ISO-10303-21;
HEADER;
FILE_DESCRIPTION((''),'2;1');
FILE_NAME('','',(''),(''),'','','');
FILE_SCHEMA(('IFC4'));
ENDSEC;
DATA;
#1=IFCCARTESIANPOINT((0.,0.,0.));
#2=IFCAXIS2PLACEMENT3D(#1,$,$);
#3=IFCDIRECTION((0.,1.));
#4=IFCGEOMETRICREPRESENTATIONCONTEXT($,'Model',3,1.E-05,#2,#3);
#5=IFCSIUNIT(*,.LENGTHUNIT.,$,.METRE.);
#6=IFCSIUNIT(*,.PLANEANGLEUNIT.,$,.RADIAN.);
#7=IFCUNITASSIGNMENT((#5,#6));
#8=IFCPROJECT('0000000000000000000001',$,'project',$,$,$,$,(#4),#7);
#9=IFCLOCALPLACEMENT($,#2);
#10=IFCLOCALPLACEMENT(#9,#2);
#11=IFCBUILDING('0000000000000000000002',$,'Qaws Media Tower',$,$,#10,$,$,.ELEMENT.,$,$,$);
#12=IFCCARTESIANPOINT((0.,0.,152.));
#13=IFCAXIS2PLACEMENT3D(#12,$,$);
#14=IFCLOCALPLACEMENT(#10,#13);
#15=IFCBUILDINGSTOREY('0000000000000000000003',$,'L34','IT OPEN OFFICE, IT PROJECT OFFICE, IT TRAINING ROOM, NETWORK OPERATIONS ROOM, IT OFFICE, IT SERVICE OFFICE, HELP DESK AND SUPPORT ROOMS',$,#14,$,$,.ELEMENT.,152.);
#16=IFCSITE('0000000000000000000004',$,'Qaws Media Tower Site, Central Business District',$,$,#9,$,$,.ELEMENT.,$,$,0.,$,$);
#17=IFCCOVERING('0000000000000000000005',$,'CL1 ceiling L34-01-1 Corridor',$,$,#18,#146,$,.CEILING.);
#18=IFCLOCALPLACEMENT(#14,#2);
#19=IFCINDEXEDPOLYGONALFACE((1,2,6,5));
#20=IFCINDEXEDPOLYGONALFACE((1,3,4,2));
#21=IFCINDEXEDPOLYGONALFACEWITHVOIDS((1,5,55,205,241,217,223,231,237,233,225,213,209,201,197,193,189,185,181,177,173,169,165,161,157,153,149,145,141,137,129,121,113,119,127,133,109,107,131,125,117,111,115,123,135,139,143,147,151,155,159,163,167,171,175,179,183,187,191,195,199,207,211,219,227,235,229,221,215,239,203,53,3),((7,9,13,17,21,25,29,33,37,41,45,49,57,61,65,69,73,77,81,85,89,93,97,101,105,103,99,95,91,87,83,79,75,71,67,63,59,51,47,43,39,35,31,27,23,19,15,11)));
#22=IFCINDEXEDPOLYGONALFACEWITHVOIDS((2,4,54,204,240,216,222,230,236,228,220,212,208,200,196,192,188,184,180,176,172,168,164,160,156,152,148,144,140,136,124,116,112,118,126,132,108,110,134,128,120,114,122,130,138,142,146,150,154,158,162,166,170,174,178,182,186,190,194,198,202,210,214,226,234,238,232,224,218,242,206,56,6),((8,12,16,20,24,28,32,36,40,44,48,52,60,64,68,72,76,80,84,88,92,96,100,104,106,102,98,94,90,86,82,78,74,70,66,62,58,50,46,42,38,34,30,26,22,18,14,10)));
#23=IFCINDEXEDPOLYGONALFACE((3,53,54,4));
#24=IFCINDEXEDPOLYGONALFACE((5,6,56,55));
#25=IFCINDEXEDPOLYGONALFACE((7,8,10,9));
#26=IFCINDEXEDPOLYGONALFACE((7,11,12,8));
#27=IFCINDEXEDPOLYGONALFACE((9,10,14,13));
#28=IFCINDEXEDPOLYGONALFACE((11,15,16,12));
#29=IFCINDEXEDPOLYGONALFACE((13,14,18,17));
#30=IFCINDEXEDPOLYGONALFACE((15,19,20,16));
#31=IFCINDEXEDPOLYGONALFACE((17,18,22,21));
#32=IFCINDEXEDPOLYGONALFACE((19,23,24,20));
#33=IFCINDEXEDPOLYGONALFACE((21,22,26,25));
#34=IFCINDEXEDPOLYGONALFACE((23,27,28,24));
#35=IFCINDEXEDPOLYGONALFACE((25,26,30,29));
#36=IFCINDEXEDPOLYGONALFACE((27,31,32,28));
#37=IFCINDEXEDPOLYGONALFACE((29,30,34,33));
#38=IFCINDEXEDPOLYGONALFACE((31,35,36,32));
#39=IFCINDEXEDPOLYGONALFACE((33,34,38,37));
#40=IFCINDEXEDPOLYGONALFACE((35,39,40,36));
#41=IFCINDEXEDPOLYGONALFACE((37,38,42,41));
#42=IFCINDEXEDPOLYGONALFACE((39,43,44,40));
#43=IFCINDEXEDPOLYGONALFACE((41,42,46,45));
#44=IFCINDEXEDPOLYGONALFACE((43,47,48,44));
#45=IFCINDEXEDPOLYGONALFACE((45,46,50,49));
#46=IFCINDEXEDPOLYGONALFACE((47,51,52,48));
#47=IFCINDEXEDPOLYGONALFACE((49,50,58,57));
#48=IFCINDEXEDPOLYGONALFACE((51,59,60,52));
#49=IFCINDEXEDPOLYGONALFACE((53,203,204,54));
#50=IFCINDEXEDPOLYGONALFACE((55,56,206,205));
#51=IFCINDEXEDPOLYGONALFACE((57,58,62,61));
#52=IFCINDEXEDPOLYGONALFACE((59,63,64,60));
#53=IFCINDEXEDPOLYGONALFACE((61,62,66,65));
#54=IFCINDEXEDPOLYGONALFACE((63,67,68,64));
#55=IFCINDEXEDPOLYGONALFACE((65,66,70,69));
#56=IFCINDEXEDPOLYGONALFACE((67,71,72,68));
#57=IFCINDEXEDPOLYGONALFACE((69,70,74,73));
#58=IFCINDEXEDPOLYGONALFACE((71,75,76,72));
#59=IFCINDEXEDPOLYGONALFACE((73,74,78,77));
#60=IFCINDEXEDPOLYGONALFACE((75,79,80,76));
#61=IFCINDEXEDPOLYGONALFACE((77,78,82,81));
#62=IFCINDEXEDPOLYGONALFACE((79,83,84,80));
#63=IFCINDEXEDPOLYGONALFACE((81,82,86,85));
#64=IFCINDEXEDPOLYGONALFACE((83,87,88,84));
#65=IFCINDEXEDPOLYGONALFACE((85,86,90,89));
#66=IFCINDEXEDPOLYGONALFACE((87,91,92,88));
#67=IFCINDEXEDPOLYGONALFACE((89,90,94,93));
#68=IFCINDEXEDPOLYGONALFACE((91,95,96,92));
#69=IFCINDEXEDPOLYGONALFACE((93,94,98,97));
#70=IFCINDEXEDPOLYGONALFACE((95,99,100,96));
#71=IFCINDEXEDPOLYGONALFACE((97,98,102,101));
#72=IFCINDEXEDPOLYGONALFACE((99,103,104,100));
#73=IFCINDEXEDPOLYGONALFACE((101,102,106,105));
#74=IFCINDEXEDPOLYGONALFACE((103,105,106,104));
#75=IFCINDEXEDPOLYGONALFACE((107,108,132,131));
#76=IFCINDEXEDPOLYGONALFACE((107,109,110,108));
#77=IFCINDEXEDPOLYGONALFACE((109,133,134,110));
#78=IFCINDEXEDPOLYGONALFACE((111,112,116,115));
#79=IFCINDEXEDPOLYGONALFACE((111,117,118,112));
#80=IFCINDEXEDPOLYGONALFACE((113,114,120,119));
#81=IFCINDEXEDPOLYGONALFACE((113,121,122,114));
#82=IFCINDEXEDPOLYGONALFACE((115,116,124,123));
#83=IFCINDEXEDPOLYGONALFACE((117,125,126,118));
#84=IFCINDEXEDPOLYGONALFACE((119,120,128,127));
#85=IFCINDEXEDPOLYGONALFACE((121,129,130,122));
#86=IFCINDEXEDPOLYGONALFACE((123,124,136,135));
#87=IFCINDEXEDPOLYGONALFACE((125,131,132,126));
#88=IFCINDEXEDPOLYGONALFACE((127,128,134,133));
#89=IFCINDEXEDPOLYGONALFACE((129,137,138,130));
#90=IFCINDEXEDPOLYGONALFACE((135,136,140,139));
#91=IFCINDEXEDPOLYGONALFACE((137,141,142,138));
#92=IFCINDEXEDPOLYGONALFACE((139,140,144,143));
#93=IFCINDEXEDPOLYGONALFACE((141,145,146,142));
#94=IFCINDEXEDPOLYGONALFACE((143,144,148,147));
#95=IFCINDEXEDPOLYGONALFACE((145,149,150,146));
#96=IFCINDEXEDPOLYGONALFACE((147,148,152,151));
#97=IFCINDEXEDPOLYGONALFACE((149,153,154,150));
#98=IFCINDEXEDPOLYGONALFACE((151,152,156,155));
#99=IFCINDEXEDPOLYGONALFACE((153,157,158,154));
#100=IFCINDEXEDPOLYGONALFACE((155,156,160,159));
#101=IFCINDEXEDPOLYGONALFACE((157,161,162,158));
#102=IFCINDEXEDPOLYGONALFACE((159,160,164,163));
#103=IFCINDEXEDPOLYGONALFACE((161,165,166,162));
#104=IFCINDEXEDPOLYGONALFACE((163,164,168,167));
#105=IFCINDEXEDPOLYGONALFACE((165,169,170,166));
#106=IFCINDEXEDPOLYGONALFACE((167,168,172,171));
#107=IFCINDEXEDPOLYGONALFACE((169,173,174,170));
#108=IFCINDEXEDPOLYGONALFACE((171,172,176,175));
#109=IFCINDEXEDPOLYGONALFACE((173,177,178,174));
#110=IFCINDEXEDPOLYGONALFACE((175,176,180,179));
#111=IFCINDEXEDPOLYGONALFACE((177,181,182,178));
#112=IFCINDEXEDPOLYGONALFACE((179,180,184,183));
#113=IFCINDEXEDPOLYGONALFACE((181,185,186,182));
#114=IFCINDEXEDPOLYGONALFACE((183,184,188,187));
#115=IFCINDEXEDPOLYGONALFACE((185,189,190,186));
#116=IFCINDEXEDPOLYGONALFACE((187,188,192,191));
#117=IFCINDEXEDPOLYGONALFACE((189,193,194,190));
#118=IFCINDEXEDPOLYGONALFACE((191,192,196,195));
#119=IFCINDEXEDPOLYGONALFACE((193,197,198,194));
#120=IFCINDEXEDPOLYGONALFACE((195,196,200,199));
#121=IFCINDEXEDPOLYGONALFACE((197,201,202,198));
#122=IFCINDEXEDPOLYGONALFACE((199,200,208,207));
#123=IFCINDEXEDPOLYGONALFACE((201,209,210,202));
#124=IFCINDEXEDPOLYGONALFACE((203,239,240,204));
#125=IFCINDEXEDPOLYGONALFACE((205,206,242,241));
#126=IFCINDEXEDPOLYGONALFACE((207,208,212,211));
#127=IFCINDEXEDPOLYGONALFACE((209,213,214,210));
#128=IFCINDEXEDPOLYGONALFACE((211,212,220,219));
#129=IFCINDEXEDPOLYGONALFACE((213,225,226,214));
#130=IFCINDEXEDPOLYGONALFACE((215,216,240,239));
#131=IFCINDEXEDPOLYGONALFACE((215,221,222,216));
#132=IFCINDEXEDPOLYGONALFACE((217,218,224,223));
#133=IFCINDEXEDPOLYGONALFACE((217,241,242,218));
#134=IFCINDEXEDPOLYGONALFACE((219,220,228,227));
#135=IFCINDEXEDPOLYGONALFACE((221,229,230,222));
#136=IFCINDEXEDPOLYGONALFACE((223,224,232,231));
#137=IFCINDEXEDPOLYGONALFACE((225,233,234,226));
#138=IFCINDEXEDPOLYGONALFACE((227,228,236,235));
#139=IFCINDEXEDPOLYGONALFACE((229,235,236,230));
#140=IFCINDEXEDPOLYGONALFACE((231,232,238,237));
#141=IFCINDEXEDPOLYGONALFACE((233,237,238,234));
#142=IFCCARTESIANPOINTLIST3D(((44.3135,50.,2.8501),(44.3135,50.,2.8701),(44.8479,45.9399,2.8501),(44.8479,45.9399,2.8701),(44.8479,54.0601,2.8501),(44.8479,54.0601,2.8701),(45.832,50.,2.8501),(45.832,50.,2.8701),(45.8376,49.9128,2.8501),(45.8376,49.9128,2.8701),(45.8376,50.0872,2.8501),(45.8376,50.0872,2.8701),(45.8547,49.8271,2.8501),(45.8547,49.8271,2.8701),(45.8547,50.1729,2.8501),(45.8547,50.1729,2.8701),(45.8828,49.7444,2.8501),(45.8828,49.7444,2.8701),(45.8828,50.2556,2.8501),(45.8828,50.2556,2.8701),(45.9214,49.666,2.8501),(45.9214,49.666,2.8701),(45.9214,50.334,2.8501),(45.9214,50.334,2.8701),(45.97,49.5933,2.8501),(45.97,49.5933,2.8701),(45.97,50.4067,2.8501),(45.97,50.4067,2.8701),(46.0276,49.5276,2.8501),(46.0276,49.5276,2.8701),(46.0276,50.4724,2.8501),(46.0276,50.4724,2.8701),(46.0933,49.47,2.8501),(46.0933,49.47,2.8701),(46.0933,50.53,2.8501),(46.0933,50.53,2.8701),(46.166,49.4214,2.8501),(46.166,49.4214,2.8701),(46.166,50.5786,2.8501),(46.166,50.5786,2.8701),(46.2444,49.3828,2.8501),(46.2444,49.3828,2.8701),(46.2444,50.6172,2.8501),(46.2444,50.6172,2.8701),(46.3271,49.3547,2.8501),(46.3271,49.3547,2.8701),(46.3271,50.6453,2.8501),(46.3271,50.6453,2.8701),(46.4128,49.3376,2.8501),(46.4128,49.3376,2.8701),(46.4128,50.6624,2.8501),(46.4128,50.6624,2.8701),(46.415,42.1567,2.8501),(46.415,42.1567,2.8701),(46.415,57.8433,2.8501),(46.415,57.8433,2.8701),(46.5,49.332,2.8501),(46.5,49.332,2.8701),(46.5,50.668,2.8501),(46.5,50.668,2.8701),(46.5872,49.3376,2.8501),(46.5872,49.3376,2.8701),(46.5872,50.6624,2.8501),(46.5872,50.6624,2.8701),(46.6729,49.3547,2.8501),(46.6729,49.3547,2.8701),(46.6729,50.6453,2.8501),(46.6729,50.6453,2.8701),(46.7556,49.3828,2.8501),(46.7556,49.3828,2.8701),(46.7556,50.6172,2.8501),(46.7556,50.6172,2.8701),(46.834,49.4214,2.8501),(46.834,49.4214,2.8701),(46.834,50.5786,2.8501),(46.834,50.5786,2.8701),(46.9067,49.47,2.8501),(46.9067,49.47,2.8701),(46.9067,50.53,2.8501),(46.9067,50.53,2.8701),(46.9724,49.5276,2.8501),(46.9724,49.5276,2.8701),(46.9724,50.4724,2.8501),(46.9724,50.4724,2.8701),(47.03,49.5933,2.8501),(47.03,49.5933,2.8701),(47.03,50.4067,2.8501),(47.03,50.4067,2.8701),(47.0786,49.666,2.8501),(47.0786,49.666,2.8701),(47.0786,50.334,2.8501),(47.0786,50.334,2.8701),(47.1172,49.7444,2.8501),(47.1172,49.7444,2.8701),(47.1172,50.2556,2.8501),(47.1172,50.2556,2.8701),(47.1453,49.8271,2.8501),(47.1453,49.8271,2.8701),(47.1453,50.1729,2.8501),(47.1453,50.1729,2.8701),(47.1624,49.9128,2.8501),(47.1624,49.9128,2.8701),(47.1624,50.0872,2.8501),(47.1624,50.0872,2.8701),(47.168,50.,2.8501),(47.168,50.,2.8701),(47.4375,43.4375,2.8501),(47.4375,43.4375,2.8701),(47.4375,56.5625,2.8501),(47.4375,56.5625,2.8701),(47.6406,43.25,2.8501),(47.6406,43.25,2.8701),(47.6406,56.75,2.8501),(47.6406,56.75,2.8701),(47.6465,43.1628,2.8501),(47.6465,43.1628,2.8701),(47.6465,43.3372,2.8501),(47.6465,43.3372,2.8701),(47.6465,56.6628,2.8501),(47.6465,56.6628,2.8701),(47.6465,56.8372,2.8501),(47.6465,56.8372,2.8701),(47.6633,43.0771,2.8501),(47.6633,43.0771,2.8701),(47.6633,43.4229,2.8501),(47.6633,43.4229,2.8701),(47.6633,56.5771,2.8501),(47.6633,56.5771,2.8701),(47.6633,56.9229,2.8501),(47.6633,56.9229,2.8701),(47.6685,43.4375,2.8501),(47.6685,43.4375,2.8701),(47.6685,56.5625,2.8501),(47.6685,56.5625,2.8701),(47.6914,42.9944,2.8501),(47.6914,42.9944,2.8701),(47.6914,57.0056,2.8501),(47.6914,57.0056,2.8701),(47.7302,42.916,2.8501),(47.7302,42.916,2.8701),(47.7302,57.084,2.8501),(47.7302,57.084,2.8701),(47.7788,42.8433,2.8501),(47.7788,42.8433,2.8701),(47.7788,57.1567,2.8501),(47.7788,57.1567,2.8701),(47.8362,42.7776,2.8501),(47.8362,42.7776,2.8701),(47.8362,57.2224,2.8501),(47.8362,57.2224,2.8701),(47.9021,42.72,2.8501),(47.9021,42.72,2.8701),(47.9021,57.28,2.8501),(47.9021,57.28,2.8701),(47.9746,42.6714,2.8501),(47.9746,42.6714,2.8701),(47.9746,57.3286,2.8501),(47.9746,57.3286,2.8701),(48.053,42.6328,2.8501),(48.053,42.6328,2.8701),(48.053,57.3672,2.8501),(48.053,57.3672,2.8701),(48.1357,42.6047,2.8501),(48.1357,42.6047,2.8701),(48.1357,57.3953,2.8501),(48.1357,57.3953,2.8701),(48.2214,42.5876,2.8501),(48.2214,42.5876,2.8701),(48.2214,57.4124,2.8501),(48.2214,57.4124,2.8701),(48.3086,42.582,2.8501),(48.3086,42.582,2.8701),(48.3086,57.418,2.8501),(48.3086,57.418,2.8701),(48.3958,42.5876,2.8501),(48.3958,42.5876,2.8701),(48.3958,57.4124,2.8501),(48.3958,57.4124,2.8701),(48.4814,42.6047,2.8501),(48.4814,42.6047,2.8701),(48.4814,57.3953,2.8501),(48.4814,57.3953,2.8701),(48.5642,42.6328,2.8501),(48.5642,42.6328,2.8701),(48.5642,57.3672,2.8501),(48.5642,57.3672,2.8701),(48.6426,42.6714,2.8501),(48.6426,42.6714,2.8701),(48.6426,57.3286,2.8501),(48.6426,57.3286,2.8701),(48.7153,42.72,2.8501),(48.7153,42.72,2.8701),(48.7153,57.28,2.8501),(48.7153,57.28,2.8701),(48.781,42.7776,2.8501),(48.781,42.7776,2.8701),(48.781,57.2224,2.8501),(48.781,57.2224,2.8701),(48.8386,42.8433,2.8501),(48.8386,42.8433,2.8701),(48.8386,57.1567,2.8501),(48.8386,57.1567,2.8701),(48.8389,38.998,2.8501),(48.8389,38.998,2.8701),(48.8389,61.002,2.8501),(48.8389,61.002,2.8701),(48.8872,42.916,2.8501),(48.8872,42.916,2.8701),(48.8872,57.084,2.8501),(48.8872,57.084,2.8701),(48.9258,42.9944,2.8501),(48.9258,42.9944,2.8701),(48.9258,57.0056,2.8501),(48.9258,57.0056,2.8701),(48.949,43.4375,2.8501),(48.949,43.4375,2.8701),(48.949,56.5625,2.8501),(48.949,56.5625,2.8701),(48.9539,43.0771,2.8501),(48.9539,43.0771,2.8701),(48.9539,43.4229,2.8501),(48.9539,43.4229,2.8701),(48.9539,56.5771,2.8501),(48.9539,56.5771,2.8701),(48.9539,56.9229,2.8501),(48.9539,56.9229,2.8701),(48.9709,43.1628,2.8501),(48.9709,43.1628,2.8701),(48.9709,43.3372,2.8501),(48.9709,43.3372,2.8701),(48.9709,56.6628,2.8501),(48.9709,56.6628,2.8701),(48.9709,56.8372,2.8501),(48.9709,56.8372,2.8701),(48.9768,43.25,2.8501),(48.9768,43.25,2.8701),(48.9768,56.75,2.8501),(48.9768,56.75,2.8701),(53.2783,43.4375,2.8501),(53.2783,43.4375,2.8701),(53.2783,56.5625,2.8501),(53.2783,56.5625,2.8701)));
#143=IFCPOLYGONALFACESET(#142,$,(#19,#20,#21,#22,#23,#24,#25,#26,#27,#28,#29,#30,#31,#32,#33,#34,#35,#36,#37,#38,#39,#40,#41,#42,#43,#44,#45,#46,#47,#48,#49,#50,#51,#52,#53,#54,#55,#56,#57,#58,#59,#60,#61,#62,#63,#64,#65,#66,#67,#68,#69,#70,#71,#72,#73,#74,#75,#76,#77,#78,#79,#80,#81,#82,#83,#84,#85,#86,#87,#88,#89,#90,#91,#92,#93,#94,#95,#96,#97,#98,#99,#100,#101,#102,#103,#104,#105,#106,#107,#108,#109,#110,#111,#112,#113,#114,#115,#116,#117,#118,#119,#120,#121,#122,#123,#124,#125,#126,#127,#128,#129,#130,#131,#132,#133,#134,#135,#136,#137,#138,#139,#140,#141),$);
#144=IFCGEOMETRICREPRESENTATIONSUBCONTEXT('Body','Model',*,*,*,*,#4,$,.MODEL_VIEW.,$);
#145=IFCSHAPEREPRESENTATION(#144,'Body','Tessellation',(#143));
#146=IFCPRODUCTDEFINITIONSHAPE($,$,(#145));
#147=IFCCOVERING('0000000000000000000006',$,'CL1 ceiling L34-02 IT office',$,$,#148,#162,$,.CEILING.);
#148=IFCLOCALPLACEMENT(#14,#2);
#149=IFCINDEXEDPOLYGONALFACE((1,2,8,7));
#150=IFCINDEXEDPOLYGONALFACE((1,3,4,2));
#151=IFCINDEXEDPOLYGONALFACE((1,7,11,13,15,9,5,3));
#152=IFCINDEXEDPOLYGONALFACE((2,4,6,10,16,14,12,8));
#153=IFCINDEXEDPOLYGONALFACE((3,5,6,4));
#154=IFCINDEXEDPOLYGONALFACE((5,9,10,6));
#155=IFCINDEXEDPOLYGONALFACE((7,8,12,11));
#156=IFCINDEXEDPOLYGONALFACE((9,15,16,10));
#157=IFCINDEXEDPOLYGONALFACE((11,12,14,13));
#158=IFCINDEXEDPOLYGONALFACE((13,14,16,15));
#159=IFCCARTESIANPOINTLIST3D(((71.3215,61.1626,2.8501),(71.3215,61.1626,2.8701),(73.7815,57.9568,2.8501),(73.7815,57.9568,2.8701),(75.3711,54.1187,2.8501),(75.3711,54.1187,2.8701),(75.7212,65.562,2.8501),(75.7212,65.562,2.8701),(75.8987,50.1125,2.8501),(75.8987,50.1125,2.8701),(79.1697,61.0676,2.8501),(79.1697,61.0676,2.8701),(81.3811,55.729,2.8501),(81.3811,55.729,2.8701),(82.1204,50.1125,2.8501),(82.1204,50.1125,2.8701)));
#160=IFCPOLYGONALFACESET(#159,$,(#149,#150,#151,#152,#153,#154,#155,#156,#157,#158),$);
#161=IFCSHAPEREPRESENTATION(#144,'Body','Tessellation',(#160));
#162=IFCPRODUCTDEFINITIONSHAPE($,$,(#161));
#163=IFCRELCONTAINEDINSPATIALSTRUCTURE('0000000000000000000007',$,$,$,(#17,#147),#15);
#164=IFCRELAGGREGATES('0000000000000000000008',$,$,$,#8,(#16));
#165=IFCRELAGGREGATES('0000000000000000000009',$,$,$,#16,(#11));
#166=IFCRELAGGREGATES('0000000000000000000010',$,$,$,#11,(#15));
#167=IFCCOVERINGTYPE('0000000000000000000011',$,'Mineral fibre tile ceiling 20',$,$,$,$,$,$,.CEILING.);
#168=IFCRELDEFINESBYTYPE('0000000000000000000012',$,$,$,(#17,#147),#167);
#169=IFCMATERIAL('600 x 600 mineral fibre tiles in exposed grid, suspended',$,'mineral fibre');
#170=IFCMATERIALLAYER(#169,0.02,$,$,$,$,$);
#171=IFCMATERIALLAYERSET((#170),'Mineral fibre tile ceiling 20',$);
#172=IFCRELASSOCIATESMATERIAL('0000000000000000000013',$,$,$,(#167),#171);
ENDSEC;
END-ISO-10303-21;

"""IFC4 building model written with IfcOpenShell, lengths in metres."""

from ifc_helpers import new_model, si_unit, direction, frame, origin, place, context, subcontext, project, spatial, polyline, outline, extrude, material, layer, layer_set, type_object, element, save


model = new_model("IFC4")

# Units and contexts
model_context = context("Model", 3, precision=1e-05, world=origin(), true_north=direction((0.0, 1.0)))
body_context = subcontext(model_context, "Body", "Model", "MODEL_VIEW")
ifc_project = project(units=[si_unit("LENGTHUNIT", "METRE"), si_unit("PLANEANGLEUNIT", "RADIAN")], contexts=[model_context])

# Site, building, storey
site_placement = place(None, origin())
site = spatial("IfcSite", under=ifc_project, at=site_placement, Name="Qaws Media Tower Site, Central Business District", CompositionType="ELEMENT", RefElevation=0.0)
building_placement = place(site_placement, origin())
building = spatial("IfcBuilding", under=site, at=building_placement, Name="Qaws Media Tower", CompositionType="ELEMENT")
storey_placement = place(building_placement, frame((0.0, 0.0, 152.0)))
storey = spatial("IfcBuildingStorey", under=building, at=storey_placement, Name="L34", Description="IT OPEN OFFICE, IT PROJECT OFFICE, IT TRAINING ROOM, NETWORK OPERATIONS ROOM, IT OFFICE, IT SERVICE OFFICE, HELP DESK AND SUPPORT ROOMS", CompositionType="ELEMENT", Elevation=152.0)

# Coverings
ifc_material_1 = material(Name="600 x 600 mineral fibre tiles in exposed grid, suspended", Category="mineral fibre")
ifc_layer_1 = layer(ifc_material_1, 0.02)
ifc_layer_set_1 = layer_set([ifc_layer_1], Name="Mineral fibre tile ceiling 20")
covering_type_1 = type_object("IfcCoveringType", Name="Mineral fibre tile ceiling 20", PredefinedType="CEILING", material=ifc_layer_set_1)
covering_1_placement = place(storey_placement, frame((0.0, 0.0, 2.8501)))
element("IfcCovering", 1, at=covering_1_placement, inside=storey, type_object=covering_type_1, Name="CL1 ceiling L34-01-1 Corridor", PredefinedType="CEILING", context=body_context, shape_type="SweptSolid", body=[
    extrude(outline(polyline([(44.3135, 50.0), (44.8479, 54.0601), (46.415, 57.8433), (48.8389, 61.002), (53.2783, 56.5625), (48.949, 56.5625), (48.9539, 56.5771), (48.9709, 56.6628), (48.9768, 56.75), (48.9709, 56.8372), (48.9539, 56.9229), (48.9258, 57.0056), (48.8872, 57.084), (48.8386, 57.1567), (48.781, 57.2224), (48.7153, 57.28), (48.6426, 57.3286), (48.5642, 57.3672), (48.4814, 57.3953), (48.3958, 57.4124), (48.3086, 57.418), (48.2214, 57.4124), (48.1357, 57.3953), (48.053, 57.3672), (47.9746, 57.3286), (47.9021, 57.28), (47.8362, 57.2224), (47.7788, 57.1567), (47.7302, 57.084), (47.6914, 57.0056), (47.6633, 56.9229), (47.6465, 56.8372), (47.6406, 56.75), (47.6465, 56.6628), (47.6633, 56.5771), (47.6685, 56.5625), (47.4375, 56.5625), (47.4375, 43.4375), (47.6685, 43.4375), (47.6633, 43.4229), (47.6465, 43.3372), (47.6406, 43.25), (47.6465, 43.1628), (47.6633, 43.0771), (47.6914, 42.9944), (47.7302, 42.916), (47.7788, 42.8433), (47.8362, 42.7776), (47.9021, 42.72), (47.9746, 42.6714), (48.053, 42.6328), (48.1357, 42.6047), (48.2214, 42.5876), (48.3086, 42.582), (48.3958, 42.5876), (48.4814, 42.6047), (48.5642, 42.6328), (48.6426, 42.6714), (48.7153, 42.72), (48.781, 42.7776), (48.8386, 42.8433), (48.8872, 42.916), (48.9258, 42.9944), (48.9539, 43.0771), (48.9709, 43.1628), (48.9768, 43.25), (48.9709, 43.3372), (48.9539, 43.4229), (48.949, 43.4375), (53.2783, 43.4375), (48.8389, 38.998), (46.415, 42.1567), (44.8479, 45.9399), (44.3135, 50.0)]), holes=[polyline([(47.1172, 49.7444), (47.1453, 49.8271), (47.1624, 49.9128), (47.168, 50.0), (47.1624, 50.0872), (47.1453, 50.1729), (47.1172, 50.2556), (47.0786, 50.334), (47.03, 50.4067), (46.9724, 50.4724), (46.9067, 50.53), (46.834, 50.5786), (46.7556, 50.6172), (46.6729, 50.6453), (46.5872, 50.6624), (46.5, 50.668), (46.4128, 50.6624), (46.3271, 50.6453), (46.2444, 50.6172), (46.166, 50.5786), (46.0933, 50.53), (46.0276, 50.4724), (45.97, 50.4067), (45.9214, 50.334), (45.8828, 50.2556), (45.8547, 50.1729), (45.8376, 50.0872), (45.832, 50.0), (45.8376, 49.9128), (45.8547, 49.8271), (45.8828, 49.7444), (45.9214, 49.666), (45.97, 49.5933), (46.0276, 49.5276), (46.0933, 49.47), (46.166, 49.4214), (46.2444, 49.3828), (46.3271, 49.3547), (46.4128, 49.3376), (46.5, 49.332), (46.5872, 49.3376), (46.6729, 49.3547), (46.7556, 49.3828), (46.834, 49.4214), (46.9067, 49.47), (46.9724, 49.5276), (47.03, 49.5933), (47.0786, 49.666), (47.1172, 49.7444)])]), origin(), (0.0, 0.0, 1.0), 0.02),
])
covering_2_placement = place(storey_placement, frame((0.0, 0.0, 2.8501)))
element("IfcCovering", 2, at=covering_2_placement, inside=storey, type_object=covering_type_1, Name="CL1 ceiling L34-02 IT office", PredefinedType="CEILING", context=body_context, shape_type="SweptSolid", body=[
    extrude(outline(polyline([(79.1697, 61.0676), (81.3811, 55.729), (82.1204, 50.1125), (75.8987, 50.1125), (75.3711, 54.1187), (73.7815, 57.9568), (71.3215, 61.1626), (75.7212, 65.562), (79.1697, 61.0676)])), origin(), (0.0, 0.0, 1.0), 0.02),
])

save(model, "model.ifc")
